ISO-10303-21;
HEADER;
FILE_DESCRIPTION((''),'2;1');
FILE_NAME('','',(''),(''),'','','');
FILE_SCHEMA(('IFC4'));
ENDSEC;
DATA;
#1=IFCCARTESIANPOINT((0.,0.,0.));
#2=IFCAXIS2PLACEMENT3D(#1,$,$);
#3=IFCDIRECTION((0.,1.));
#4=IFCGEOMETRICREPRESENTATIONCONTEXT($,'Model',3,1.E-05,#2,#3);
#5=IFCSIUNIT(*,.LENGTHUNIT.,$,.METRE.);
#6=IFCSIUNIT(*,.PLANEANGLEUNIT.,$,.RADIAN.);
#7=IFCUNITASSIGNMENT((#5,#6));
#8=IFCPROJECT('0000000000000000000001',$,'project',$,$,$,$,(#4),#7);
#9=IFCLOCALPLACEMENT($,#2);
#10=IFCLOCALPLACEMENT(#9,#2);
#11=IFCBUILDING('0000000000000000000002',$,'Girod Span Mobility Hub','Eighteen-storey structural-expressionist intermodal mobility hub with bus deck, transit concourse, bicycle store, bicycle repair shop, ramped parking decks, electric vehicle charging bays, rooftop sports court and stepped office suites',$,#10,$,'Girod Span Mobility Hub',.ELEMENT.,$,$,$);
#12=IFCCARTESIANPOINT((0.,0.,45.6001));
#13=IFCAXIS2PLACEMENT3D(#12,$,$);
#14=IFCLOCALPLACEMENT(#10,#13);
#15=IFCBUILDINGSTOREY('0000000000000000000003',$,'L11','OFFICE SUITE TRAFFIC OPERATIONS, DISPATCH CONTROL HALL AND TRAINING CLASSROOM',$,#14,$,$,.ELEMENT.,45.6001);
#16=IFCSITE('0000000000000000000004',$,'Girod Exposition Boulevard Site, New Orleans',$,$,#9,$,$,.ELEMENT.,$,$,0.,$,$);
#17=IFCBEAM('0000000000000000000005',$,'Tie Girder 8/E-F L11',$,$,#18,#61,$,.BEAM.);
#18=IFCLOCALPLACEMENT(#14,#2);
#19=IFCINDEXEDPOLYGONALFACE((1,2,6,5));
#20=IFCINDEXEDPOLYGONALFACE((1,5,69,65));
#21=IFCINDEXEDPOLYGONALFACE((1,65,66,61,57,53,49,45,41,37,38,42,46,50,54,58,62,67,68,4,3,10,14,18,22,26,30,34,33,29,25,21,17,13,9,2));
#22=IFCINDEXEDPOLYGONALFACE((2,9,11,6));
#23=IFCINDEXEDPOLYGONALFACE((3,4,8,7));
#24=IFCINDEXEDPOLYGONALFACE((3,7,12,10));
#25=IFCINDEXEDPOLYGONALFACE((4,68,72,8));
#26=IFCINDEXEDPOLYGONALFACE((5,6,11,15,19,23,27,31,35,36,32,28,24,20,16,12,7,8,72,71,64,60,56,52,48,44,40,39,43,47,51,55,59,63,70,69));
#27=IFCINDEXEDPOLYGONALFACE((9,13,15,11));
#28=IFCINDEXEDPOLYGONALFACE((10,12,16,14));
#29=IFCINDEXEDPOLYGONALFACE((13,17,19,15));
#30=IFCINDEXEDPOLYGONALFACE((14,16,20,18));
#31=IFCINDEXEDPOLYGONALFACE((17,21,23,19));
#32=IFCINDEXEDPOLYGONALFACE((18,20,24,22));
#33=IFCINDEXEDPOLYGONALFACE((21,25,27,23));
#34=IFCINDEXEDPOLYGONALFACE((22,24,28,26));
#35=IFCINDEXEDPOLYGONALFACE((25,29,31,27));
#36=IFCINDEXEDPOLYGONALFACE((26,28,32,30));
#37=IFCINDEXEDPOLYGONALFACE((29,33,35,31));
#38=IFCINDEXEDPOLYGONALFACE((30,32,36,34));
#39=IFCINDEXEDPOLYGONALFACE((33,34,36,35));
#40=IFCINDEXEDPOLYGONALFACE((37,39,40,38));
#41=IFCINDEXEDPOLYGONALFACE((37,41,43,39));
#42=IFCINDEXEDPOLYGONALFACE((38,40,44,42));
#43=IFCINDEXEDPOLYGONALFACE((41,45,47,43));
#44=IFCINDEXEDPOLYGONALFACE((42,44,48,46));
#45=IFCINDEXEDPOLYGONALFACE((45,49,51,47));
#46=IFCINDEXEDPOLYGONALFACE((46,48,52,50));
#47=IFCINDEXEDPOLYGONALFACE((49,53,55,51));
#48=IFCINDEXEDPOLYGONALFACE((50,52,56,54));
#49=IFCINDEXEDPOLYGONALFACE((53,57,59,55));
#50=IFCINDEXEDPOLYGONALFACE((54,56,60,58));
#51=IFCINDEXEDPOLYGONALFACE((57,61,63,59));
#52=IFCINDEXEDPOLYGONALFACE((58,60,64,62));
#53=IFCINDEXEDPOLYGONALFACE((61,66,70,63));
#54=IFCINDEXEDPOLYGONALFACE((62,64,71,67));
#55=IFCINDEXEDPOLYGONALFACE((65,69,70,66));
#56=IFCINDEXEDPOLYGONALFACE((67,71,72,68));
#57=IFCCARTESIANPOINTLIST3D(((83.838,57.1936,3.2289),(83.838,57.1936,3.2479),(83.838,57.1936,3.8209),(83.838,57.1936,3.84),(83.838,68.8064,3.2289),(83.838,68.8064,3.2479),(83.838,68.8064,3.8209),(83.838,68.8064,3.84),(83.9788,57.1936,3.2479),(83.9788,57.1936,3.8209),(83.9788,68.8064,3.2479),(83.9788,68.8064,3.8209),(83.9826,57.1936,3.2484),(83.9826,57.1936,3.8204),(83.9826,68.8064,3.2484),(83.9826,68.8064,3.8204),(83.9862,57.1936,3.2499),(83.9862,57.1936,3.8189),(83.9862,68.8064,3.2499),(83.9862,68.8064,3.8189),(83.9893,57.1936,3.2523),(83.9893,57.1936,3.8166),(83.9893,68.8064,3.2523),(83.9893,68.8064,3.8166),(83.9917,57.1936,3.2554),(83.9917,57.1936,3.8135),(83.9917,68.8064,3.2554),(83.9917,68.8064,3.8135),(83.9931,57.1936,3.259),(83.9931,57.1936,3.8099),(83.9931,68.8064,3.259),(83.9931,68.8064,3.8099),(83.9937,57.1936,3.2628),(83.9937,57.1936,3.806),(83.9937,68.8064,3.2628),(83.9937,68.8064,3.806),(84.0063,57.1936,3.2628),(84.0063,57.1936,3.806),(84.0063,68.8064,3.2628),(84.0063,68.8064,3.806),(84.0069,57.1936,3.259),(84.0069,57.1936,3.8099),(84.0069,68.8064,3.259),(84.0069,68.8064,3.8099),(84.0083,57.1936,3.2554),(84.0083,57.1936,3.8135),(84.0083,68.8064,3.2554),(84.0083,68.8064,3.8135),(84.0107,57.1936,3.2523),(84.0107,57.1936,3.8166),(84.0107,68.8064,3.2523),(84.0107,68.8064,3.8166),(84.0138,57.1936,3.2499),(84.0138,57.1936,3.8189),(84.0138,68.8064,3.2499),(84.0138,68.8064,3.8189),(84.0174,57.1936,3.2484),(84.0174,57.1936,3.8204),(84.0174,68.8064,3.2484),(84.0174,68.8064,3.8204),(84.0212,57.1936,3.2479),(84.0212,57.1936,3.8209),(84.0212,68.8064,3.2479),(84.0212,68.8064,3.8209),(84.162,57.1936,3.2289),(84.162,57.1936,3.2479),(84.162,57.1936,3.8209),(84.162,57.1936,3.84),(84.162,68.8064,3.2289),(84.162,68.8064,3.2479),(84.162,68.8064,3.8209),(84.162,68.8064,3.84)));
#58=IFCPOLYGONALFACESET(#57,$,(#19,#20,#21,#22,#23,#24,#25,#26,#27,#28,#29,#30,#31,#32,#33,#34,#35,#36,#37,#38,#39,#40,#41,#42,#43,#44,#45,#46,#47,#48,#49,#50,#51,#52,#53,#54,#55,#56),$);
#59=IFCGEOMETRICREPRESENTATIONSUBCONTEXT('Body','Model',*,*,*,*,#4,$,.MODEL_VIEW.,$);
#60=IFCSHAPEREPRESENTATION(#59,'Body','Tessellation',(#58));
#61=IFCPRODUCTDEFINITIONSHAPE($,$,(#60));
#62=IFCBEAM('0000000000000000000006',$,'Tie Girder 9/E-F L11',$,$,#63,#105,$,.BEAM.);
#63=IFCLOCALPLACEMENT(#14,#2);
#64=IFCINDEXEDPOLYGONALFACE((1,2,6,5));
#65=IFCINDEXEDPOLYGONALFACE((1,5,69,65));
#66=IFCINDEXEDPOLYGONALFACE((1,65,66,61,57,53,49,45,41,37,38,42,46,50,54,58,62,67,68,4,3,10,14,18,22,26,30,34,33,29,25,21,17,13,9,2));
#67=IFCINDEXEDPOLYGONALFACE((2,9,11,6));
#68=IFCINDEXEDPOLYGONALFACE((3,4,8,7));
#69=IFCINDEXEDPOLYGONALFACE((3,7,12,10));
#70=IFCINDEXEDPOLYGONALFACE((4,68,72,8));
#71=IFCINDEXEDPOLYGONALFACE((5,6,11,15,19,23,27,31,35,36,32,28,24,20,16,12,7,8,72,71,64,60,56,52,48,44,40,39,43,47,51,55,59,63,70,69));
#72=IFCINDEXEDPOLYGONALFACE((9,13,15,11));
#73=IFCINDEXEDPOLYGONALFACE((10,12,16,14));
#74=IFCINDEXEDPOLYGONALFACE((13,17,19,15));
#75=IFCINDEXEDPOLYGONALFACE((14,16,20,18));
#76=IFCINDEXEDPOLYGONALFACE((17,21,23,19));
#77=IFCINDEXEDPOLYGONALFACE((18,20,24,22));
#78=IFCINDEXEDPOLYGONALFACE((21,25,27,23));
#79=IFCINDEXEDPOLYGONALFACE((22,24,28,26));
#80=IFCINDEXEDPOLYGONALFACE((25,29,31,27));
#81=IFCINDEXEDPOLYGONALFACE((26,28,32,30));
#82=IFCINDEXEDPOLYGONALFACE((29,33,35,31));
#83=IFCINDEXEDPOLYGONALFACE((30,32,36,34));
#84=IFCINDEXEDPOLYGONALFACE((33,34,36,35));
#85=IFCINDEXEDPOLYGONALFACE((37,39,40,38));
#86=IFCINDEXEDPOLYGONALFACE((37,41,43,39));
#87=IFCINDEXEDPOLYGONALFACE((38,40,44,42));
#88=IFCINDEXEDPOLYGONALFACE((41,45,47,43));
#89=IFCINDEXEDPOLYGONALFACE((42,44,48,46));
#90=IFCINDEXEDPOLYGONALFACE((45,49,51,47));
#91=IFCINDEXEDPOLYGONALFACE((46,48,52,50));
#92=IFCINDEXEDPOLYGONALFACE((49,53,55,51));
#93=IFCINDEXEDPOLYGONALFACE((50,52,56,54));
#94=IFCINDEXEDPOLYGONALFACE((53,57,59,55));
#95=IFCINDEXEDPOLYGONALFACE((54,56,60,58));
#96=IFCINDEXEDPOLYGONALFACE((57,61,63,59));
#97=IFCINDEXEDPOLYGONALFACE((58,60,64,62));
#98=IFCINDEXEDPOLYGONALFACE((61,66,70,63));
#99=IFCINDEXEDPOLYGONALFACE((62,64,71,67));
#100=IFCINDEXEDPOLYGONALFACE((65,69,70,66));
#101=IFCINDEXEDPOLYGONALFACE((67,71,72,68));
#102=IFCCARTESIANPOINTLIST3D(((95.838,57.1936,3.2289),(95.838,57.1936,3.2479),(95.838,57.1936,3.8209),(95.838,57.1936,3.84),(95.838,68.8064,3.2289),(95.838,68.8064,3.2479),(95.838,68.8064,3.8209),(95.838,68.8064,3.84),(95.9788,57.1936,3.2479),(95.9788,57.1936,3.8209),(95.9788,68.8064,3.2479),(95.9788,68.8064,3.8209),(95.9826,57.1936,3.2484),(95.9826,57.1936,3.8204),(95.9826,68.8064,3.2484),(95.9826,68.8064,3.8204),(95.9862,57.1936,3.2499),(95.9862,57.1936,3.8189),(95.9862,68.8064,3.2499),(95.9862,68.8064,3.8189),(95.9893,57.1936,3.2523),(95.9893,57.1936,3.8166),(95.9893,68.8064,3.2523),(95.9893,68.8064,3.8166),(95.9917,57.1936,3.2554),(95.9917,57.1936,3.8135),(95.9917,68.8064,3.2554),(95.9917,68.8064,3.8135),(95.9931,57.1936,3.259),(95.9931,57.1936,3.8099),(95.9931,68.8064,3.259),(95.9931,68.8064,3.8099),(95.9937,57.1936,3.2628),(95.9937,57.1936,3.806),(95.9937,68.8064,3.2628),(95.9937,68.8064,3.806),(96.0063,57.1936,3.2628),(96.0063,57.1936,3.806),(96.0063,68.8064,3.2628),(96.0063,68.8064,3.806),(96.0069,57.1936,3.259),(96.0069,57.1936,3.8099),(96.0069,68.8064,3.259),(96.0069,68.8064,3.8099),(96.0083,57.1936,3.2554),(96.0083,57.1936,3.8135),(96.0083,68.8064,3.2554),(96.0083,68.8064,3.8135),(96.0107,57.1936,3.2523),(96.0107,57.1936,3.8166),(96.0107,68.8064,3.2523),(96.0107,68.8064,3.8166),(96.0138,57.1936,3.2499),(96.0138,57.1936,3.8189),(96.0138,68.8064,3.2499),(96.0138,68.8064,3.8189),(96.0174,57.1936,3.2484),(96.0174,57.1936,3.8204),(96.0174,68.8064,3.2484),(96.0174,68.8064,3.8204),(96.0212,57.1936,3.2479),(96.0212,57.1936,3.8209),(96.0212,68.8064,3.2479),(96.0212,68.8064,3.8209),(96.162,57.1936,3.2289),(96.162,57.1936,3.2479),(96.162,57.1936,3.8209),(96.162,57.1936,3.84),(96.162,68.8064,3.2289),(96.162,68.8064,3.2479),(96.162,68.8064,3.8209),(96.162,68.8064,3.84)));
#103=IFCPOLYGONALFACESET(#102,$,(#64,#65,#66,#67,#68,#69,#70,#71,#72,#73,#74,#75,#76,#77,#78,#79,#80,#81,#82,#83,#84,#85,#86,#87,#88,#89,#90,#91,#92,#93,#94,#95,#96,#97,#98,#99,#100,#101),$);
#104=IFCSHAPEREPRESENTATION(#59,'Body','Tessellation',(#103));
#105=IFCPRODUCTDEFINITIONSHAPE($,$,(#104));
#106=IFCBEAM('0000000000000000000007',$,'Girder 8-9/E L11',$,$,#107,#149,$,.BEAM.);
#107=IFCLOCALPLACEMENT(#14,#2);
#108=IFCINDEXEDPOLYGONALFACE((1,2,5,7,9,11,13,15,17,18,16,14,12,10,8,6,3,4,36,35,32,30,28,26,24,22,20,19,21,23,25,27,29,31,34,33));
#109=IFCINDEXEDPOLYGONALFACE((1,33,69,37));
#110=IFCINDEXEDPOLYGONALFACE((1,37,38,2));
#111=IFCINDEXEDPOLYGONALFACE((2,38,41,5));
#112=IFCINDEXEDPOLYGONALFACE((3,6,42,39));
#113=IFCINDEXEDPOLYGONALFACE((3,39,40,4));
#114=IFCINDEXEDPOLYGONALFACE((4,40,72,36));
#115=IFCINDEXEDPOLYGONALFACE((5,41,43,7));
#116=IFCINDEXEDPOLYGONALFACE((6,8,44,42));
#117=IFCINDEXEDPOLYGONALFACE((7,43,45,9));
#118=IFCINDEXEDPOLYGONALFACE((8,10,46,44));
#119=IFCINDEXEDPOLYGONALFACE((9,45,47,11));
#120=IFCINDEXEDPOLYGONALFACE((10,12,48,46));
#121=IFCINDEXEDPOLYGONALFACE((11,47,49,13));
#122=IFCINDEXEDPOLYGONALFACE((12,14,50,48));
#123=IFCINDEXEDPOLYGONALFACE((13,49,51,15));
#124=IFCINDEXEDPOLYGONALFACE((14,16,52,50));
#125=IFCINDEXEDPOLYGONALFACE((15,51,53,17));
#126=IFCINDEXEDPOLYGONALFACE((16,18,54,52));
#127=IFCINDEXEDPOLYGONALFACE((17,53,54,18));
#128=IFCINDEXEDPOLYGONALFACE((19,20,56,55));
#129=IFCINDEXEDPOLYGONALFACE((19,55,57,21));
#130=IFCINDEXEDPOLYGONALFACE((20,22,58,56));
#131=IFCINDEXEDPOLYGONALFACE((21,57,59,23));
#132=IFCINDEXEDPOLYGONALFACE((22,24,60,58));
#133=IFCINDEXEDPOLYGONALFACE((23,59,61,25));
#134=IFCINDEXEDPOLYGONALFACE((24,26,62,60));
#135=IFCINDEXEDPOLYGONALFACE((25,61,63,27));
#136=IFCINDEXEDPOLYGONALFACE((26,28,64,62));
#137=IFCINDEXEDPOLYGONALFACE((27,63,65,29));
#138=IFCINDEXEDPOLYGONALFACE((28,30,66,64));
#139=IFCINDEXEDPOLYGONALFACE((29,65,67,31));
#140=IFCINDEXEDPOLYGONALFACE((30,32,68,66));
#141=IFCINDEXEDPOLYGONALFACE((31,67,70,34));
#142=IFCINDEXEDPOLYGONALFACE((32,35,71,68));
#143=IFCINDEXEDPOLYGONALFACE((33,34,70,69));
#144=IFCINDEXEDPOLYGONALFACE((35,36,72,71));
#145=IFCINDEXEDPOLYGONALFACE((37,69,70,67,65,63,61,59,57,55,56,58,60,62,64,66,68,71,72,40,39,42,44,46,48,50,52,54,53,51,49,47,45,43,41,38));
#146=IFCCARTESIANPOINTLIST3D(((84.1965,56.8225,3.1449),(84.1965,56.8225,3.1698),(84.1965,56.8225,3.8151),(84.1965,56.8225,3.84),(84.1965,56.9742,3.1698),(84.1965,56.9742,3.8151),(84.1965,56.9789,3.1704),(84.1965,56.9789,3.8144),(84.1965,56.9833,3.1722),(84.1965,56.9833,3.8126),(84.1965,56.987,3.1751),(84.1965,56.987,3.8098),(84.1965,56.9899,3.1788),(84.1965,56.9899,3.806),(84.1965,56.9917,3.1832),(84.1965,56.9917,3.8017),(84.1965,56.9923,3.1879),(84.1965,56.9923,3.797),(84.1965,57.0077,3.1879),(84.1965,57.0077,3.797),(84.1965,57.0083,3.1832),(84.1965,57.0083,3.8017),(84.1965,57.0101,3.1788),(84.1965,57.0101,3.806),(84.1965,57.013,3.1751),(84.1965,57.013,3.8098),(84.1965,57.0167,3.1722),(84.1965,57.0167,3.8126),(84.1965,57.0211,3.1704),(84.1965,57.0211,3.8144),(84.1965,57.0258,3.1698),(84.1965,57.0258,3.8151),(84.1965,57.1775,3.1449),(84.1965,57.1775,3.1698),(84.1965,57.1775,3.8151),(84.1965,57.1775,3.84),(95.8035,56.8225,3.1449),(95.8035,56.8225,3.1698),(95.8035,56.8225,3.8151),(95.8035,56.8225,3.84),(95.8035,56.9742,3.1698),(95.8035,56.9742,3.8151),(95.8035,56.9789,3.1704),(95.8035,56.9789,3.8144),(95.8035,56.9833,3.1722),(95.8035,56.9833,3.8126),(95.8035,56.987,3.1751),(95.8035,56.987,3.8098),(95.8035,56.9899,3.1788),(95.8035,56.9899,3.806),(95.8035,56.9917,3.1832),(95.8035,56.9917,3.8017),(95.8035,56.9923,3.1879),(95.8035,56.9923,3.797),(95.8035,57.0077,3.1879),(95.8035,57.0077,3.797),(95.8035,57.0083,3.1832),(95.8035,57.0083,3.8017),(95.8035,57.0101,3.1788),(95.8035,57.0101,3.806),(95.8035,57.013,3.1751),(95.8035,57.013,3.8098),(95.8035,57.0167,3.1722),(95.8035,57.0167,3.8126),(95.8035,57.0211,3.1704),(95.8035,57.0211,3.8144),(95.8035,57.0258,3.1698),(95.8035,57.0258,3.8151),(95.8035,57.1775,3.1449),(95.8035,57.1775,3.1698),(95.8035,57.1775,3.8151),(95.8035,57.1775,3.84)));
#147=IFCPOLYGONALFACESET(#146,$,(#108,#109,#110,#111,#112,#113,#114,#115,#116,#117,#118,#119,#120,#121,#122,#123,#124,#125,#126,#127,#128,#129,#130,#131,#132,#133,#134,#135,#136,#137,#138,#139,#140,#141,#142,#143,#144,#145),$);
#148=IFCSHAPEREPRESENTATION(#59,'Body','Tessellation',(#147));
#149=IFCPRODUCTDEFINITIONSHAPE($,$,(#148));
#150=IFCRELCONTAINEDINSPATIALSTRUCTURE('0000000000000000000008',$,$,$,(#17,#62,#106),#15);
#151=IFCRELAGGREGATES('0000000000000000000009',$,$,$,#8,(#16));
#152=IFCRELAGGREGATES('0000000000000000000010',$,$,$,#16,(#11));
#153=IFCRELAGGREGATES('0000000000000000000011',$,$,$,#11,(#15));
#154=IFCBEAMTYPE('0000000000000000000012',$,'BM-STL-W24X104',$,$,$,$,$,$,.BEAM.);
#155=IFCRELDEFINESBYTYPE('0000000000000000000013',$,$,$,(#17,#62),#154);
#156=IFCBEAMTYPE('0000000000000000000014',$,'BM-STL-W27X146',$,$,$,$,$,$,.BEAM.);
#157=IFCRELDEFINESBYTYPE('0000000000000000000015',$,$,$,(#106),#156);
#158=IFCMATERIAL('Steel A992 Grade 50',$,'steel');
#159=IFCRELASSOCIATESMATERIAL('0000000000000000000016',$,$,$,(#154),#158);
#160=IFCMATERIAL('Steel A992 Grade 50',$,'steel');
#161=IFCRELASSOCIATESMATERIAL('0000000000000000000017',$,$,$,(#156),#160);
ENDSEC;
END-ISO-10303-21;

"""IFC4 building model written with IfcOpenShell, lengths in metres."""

from ifc_helpers import new_model, si_unit, direction, frame, origin, origin_2d, place, context, subcontext, project, spatial, i_section, extrude, material, material_profile, profile_set, type_object, element, save


model = new_model("IFC4")

# Units and contexts
model_context = context("Model", 3, precision=1e-05, world=origin(), true_north=direction((0.0, 1.0)))
body_context = subcontext(model_context, "Body", "Model", "MODEL_VIEW")
ifc_project = project(units=[si_unit("LENGTHUNIT", "METRE"), si_unit("PLANEANGLEUNIT", "RADIAN")], contexts=[model_context])

# Site, building, storey
site_placement = place(None, origin())
site = spatial("IfcSite", under=ifc_project, at=site_placement, Name="Girod Exposition Boulevard Site, New Orleans", CompositionType="ELEMENT", RefElevation=0.0)
building_placement = place(site_placement, origin())
building = spatial("IfcBuilding", under=site, at=building_placement, Name="Girod Span Mobility Hub", Description="Eighteen-storey structural-expressionist intermodal mobility hub with bus deck, transit concourse, bicycle store, bicycle repair shop, ramped parking decks, electric vehicle charging bays, rooftop sports court and stepped office suites", LongName="Girod Span Mobility Hub", CompositionType="ELEMENT")
storey_placement = place(building_placement, frame((0.0, 0.0, 45.6001)))
storey = spatial("IfcBuildingStorey", under=building, at=storey_placement, Name="L11", Description="OFFICE SUITE TRAFFIC OPERATIONS, DISPATCH CONTROL HALL AND TRAINING CLASSROOM", CompositionType="ELEMENT", Elevation=45.6001)

# Beams
ifc_material_1 = material(Name="Steel A992 Grade 50", Category="steel")
ifc_material_profile_1 = material_profile(ifc_material_1, i_section(OverallWidth=0.324, OverallDepth=0.6111, WebThickness=0.0127, FlangeThickness=0.019, FilletRadius=0.0149, at=origin_2d()), Name="W24X104")
ifc_profile_set_1 = profile_set([ifc_material_profile_1], Name="Steel A992 Grade 50")
beam_type_1 = type_object("IfcBeamType", Name="BM-STL-W24X104", PredefinedType="BEAM", material=ifc_profile_set_1)
for number, where, z_axis, x_axis, name in (
    (1, (84.0, 57.1936, 3.5344), (0.0, 1.0, 0.0), (-1.0, 0.0, 0.0), "Tie Girder 8/E-F L11"),
    (2, (96.0, 57.1936, 3.5344), (0.0, 1.0, 0.0), (-1.0, 0.0, 0.0), "Tie Girder 9/E-F L11"),
):
    element("IfcBeam", number, at=place(storey_placement, frame(where, z_axis=z_axis, x_axis=x_axis)), inside=storey, type_object=beam_type_1, Name=name, PredefinedType="BEAM", context=body_context, shape_type="SweptSolid", body=[
        extrude(i_section(OverallWidth=0.324, OverallDepth=0.6111, WebThickness=0.0127, FlangeThickness=0.019, FilletRadius=0.0149, at=origin_2d()), origin(), (0.0, 0.0, 1.0), 11.6128),
    ])
ifc_material_2 = material(Name="Steel A992 Grade 50", Category="steel")
ifc_material_profile_2 = material_profile(ifc_material_2, i_section(OverallWidth=0.355, OverallDepth=0.6951, WebThickness=0.0154, FlangeThickness=0.0249, FilletRadius=0.0181, at=origin_2d()), Name="W27X146")
ifc_profile_set_2 = profile_set([ifc_material_profile_2], Name="Steel A992 Grade 50")
beam_type_2 = type_object("IfcBeamType", Name="BM-STL-W27X146", PredefinedType="BEAM", material=ifc_profile_set_2)
beam_placement = place(storey_placement, frame((84.1965, 57.0, 3.4924), z_axis=(1.0, 0.0, 0.0), x_axis=(0.0, 1.0, 0.0)))
element("IfcBeam", 3, at=beam_placement, inside=storey, type_object=beam_type_2, Name="Girder 8-9/E L11", PredefinedType="BEAM", context=body_context, shape_type="SweptSolid", body=[
    extrude(i_section(OverallWidth=0.355, OverallDepth=0.6951, WebThickness=0.0154, FlangeThickness=0.0249, FilletRadius=0.0181, at=origin_2d()), origin(), (0.0, 0.0, 1.0), 11.6069),
])

save(model, "model.ifc")
